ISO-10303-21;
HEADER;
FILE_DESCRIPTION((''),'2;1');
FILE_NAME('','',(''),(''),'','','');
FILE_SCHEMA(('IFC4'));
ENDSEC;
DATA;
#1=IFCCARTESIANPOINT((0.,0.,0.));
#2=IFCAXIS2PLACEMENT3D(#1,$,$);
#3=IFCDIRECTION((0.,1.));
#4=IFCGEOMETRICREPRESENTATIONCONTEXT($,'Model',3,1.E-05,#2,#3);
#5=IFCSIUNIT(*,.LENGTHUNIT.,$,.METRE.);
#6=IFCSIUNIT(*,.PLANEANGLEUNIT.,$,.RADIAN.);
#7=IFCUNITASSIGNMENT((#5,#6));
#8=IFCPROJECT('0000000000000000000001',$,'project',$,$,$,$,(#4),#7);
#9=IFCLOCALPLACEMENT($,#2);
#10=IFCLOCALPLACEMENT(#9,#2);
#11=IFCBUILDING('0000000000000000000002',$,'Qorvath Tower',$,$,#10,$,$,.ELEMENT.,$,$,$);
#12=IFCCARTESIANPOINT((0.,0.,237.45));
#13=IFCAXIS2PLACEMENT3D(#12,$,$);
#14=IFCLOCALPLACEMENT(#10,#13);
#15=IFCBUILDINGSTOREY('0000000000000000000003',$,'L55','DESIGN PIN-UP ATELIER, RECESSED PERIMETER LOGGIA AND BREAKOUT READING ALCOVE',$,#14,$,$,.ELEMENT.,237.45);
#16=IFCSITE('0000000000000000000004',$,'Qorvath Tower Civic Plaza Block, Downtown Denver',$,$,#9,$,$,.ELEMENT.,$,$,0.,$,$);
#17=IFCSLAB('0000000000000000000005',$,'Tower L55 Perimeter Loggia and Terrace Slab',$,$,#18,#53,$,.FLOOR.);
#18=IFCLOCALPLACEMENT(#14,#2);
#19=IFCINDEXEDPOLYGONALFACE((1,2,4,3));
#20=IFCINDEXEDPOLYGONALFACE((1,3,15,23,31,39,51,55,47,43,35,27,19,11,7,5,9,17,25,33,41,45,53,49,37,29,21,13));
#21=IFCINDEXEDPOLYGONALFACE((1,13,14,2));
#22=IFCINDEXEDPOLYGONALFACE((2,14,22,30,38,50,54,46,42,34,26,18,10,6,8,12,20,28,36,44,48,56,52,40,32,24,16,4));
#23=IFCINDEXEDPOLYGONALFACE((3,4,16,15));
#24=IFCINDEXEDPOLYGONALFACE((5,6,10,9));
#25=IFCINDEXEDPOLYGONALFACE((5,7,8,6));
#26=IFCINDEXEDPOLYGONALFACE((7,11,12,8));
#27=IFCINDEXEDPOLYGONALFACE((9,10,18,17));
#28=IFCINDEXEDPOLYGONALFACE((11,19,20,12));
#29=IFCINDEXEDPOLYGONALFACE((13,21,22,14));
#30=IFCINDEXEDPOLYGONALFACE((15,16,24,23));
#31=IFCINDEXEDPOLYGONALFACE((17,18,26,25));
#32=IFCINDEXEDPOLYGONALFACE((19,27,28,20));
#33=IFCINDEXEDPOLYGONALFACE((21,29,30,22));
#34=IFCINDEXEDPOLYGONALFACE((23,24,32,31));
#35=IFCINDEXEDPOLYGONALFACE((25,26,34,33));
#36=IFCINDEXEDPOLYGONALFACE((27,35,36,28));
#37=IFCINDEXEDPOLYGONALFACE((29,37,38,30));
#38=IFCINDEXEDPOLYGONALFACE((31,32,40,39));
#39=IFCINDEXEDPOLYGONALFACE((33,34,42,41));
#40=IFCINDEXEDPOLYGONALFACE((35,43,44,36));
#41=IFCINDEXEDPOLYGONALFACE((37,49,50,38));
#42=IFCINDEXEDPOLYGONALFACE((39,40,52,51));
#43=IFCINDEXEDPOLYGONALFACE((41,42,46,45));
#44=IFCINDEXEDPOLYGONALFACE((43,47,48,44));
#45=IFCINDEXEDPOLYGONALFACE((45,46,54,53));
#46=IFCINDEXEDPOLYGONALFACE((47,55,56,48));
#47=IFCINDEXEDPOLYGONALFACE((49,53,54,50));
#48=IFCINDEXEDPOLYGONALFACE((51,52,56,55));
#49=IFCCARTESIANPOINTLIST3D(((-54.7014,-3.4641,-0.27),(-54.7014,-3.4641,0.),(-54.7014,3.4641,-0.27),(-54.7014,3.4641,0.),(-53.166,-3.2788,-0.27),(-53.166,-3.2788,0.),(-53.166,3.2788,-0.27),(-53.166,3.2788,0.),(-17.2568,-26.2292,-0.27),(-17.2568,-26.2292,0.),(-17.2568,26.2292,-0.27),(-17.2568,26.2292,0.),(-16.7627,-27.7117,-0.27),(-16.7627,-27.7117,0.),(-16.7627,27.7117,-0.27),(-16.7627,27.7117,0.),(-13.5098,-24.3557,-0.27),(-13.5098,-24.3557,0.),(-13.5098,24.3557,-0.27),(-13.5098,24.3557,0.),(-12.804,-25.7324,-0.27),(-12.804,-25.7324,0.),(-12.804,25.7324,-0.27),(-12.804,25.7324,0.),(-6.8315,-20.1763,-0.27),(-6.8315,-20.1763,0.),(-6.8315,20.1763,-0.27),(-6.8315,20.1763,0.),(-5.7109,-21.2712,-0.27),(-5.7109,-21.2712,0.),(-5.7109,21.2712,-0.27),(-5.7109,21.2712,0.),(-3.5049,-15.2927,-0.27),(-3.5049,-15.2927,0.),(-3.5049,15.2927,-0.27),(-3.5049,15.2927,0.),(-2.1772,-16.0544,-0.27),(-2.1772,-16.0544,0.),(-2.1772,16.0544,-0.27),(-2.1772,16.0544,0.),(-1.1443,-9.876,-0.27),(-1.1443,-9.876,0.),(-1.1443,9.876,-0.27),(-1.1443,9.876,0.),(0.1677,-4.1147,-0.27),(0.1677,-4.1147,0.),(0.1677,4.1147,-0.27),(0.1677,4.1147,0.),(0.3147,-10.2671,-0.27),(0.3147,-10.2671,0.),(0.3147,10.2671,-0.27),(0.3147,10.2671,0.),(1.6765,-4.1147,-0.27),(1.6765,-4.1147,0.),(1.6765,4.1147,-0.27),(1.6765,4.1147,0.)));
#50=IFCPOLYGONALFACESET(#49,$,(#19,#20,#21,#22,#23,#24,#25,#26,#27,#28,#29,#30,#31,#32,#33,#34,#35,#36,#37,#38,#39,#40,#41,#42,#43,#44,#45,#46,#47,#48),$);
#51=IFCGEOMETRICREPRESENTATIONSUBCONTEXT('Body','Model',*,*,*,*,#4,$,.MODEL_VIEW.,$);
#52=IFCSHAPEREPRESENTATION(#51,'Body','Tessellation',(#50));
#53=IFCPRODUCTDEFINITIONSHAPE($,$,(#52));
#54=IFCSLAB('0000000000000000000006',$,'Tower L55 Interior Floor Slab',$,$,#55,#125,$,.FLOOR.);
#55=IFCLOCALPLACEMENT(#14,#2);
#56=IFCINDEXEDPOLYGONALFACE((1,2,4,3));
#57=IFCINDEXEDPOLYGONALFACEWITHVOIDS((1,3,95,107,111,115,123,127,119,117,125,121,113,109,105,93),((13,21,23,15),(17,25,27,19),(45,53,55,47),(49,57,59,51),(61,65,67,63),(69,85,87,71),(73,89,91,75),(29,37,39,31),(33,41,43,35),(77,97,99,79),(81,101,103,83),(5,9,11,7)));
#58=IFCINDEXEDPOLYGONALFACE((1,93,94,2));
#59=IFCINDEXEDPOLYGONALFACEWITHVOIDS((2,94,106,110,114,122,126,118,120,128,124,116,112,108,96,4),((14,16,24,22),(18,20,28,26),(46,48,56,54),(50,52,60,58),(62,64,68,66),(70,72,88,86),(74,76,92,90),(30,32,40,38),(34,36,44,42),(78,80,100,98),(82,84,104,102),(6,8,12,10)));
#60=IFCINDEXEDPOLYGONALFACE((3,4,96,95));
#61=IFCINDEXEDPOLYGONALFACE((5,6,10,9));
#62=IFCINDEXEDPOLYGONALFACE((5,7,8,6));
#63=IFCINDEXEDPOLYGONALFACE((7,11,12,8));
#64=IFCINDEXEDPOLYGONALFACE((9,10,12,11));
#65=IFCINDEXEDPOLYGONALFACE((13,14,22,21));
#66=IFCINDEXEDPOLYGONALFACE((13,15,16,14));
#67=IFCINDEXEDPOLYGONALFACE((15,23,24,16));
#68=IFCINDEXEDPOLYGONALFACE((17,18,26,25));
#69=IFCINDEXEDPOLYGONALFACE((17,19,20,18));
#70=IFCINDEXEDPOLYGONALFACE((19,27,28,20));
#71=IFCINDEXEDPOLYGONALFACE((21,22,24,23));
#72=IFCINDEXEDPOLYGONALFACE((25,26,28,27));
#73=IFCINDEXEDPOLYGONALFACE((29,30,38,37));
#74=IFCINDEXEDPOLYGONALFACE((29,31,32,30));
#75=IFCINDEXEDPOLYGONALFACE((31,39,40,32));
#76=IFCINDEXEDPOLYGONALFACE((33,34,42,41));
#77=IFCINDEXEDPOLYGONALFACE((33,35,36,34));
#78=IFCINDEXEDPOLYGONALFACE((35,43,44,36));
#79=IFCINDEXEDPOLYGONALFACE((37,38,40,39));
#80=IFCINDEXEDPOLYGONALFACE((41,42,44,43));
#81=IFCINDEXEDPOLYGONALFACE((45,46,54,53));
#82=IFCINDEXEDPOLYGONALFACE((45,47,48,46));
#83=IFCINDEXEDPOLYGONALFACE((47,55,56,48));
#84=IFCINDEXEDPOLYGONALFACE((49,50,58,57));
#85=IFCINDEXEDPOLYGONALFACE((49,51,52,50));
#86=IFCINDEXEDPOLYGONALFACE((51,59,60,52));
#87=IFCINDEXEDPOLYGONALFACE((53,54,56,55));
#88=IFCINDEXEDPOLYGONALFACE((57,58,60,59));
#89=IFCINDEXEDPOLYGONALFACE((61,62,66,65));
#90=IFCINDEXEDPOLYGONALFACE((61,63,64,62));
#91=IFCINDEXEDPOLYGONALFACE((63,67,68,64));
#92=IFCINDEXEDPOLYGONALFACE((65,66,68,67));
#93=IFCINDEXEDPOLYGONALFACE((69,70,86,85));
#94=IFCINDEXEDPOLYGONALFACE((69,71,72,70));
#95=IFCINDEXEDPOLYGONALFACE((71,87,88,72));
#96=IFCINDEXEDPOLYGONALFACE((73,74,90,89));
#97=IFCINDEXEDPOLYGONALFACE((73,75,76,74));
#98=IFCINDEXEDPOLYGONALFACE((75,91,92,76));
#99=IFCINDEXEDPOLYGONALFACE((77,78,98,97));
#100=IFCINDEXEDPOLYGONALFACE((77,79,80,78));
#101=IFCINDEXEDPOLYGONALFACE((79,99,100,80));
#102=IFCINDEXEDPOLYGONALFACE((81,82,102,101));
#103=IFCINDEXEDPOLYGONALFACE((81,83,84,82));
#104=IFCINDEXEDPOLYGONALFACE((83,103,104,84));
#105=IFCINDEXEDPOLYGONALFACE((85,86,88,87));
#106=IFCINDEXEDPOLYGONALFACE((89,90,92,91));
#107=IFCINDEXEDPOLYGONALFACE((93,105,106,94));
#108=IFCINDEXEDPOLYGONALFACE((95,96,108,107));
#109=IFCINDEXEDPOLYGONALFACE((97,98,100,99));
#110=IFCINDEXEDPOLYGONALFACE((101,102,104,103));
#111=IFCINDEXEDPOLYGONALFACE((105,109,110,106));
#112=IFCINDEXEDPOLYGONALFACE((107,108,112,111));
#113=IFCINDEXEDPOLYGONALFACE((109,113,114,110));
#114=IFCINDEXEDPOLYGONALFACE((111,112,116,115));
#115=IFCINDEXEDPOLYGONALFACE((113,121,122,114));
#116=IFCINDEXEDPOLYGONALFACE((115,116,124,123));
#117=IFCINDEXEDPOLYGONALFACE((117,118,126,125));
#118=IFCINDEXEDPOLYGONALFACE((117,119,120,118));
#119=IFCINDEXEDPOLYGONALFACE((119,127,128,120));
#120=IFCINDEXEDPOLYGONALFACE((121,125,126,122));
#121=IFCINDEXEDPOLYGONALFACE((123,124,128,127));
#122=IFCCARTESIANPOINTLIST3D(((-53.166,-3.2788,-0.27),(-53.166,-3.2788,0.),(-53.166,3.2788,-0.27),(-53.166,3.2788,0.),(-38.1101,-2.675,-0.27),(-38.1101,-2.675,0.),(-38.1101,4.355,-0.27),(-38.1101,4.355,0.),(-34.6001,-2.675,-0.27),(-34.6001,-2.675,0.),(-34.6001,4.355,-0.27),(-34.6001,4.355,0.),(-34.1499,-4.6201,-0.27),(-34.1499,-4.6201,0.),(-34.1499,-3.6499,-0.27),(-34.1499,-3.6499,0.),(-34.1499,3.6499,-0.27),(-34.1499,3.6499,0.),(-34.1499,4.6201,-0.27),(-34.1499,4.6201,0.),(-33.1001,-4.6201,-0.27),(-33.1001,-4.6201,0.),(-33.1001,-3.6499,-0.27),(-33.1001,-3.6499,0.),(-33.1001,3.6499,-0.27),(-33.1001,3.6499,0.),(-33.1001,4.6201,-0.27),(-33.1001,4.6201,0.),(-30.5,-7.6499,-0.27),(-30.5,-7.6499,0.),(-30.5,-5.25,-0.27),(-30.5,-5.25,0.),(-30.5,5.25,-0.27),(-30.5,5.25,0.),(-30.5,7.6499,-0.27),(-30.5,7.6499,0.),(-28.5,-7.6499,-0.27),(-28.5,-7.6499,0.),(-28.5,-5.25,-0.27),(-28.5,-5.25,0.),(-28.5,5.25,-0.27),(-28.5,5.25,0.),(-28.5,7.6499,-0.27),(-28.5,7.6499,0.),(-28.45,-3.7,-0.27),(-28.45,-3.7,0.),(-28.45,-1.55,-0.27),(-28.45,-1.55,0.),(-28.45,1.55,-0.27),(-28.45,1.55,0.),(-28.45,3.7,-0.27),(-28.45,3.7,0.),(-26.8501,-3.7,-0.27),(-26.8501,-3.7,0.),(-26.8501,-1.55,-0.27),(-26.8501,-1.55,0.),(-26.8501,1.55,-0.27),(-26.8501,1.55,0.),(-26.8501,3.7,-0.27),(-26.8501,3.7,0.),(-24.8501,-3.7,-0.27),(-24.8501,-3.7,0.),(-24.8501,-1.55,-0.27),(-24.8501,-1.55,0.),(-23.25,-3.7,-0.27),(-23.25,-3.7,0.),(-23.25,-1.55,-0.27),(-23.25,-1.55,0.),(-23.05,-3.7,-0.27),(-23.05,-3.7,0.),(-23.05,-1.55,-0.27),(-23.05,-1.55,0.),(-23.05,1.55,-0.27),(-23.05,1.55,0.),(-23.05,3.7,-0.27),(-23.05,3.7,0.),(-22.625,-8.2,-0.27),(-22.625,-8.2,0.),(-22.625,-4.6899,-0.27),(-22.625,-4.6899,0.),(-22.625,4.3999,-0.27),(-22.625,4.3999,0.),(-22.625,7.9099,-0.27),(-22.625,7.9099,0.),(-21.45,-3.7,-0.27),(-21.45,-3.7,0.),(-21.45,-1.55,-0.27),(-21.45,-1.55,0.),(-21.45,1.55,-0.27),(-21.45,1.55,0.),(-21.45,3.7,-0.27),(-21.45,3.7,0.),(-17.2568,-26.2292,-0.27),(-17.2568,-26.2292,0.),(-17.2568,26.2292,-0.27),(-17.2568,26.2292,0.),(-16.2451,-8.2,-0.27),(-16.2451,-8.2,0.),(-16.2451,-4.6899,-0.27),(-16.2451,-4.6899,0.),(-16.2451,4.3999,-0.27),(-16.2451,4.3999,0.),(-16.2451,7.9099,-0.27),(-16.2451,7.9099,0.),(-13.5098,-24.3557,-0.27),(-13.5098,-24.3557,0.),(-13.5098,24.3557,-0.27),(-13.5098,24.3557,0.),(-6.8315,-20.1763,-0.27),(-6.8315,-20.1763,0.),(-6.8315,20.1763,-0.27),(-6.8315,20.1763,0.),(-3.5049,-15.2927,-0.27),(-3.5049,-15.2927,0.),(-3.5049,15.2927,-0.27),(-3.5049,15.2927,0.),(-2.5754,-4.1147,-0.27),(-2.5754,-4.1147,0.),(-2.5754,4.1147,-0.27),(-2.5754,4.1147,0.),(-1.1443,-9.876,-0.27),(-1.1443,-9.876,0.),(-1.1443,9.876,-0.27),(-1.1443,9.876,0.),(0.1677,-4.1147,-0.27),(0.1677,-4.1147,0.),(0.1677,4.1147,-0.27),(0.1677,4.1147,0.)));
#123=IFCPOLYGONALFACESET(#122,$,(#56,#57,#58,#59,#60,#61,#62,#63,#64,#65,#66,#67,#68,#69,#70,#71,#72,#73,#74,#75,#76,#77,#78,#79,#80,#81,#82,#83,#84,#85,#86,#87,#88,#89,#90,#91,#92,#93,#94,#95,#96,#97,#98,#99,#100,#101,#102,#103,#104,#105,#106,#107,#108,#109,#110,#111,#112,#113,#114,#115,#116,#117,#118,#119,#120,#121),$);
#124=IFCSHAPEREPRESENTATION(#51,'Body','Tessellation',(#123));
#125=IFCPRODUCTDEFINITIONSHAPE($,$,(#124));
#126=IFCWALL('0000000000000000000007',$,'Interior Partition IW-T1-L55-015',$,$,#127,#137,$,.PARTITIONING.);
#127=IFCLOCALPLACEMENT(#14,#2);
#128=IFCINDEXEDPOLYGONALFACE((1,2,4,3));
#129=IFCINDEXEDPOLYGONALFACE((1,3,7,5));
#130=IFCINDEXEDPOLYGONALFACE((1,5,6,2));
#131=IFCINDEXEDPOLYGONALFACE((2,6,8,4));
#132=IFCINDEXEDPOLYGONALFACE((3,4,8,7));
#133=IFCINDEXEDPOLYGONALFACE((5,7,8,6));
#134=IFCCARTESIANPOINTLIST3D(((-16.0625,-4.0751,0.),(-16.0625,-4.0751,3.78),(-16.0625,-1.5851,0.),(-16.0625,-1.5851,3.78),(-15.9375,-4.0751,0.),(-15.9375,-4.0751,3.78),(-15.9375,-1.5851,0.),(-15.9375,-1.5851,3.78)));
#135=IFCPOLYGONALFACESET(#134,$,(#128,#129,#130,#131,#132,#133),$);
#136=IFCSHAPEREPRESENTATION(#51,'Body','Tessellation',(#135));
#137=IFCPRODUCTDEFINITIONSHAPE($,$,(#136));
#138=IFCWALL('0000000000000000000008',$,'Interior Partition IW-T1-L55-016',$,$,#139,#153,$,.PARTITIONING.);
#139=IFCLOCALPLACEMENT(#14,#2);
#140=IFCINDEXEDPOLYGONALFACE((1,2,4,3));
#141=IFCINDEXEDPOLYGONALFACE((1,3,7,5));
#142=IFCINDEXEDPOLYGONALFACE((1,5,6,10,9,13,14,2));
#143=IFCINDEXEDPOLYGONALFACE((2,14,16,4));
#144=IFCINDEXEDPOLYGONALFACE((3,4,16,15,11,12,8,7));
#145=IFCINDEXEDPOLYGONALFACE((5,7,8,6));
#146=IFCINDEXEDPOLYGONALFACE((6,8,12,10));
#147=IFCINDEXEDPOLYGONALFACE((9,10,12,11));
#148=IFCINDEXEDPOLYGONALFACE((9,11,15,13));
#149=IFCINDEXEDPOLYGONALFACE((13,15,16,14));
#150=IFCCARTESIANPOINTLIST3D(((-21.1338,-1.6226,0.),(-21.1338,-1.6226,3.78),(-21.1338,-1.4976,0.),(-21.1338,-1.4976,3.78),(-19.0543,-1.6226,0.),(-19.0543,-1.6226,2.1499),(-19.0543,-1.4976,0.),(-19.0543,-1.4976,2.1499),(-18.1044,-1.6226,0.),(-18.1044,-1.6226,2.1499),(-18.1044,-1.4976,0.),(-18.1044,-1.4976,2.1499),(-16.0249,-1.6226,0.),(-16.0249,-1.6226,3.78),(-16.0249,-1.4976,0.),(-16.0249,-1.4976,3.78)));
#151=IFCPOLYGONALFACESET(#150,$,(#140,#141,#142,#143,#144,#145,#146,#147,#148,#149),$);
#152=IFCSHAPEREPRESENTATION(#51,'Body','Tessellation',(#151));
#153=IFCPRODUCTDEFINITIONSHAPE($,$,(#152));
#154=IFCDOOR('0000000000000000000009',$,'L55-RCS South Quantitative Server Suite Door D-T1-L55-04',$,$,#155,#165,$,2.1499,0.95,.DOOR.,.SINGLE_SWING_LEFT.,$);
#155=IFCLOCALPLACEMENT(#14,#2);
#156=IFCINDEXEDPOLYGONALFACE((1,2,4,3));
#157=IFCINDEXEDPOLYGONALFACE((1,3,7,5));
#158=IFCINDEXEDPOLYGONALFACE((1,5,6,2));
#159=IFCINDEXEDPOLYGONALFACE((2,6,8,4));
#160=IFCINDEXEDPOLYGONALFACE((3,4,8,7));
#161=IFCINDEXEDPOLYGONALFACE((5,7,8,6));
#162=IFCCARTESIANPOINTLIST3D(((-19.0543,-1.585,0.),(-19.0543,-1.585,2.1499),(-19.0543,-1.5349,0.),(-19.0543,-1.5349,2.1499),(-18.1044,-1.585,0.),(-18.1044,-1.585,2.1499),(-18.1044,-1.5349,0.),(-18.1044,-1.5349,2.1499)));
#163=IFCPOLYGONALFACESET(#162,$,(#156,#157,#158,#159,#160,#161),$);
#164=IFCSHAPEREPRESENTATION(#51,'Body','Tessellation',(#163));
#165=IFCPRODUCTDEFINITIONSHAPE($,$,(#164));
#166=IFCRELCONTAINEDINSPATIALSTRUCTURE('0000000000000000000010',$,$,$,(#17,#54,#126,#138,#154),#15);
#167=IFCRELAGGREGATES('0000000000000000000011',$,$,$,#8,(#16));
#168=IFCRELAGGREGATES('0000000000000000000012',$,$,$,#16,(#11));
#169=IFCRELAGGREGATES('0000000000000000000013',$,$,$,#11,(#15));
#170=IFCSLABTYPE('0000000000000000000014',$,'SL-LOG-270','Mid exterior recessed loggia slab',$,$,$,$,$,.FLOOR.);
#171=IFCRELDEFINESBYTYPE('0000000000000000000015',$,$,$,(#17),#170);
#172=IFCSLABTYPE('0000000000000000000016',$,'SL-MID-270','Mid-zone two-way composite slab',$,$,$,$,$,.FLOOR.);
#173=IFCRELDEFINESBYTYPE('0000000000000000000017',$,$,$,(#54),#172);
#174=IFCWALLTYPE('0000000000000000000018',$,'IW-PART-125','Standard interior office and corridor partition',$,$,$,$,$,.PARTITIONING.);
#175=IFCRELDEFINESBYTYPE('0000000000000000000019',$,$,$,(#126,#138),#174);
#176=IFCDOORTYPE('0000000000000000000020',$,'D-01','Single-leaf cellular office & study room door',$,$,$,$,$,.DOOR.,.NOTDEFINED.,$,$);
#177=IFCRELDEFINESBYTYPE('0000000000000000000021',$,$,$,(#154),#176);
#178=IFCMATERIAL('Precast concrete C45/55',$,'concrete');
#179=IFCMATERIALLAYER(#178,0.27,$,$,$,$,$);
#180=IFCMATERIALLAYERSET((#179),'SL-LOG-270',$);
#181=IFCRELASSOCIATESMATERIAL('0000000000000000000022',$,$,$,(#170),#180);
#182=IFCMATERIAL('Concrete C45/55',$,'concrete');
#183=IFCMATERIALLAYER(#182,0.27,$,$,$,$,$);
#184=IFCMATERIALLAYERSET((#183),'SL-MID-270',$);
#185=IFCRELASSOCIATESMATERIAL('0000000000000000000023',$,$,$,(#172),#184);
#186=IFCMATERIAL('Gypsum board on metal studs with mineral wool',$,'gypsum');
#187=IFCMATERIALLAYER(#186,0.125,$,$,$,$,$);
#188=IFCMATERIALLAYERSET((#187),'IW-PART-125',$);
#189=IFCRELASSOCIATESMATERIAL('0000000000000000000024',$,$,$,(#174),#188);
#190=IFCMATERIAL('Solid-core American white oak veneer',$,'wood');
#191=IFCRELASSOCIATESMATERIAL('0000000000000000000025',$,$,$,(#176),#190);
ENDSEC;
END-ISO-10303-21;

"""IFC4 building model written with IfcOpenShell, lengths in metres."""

from ifc_helpers import new_model, si_unit, direction, frame, frame_2d, origin, place, context, subcontext, project, spatial, polyline, rectangle, outline, extrude, material, layer, layer_set, type_object, element, fill, save


model = new_model("IFC4")

# Units and contexts
model_context = context("Model", 3, precision=1e-05, world=origin(), true_north=direction((0.0, 1.0)))
body_context = subcontext(model_context, "Body", "Model", "MODEL_VIEW")
ifc_project = project(units=[si_unit("LENGTHUNIT", "METRE"), si_unit("PLANEANGLEUNIT", "RADIAN")], contexts=[model_context])

# Site, building, storey
site_placement = place(None, origin())
site = spatial("IfcSite", under=ifc_project, at=site_placement, Name="Qorvath Tower Civic Plaza Block, Downtown Denver", CompositionType="ELEMENT", RefElevation=0.0)
building_placement = place(site_placement, origin())
building = spatial("IfcBuilding", under=site, at=building_placement, Name="Qorvath Tower", CompositionType="ELEMENT")
storey_placement = place(building_placement, frame((0.0, 0.0, 237.45)))
storey = spatial("IfcBuildingStorey", under=building, at=storey_placement, Name="L55", Description="DESIGN PIN-UP ATELIER, RECESSED PERIMETER LOGGIA AND BREAKOUT READING ALCOVE", CompositionType="ELEMENT", Elevation=237.45)

# Slabs
ifc_material_1 = material(Name="Precast concrete C45/55", Category="concrete")
ifc_layer_1 = layer(ifc_material_1, 0.27)
ifc_layer_set_1 = layer_set([ifc_layer_1], Name="SL-LOG-270")
slab_type_1 = type_object("IfcSlabType", Name="SL-LOG-270", Description="Mid exterior recessed loggia slab", PredefinedType="FLOOR", material=ifc_layer_set_1)
slab_1_placement = place(storey_placement, frame((0.0, 0.0, -0.27)))
element("IfcSlab", 1, at=slab_1_placement, inside=storey, type_object=slab_type_1, Name="Tower L55 Perimeter Loggia and Terrace Slab", PredefinedType="FLOOR", context=body_context, shape_type="SweptSolid", body=[
    extrude(outline(polyline([(0.1677, -4.1147), (-1.1443, -9.876), (-3.5049, -15.2927), (-6.8315, -20.1763), (-13.5098, -24.3557), (-17.2568, -26.2292), (-53.166, -3.2788), (-53.166, 3.2788), (-17.2568, 26.2292), (-13.5098, 24.3557), (-6.8315, 20.1763), (-3.5049, 15.2927), (-1.1443, 9.876), (0.1677, 4.1147), (1.6765, 4.1147), (0.3147, 10.2671), (-2.1772, 16.0544), (-5.7109, 21.2712), (-12.804, 25.7324), (-16.7627, 27.7117), (-54.7014, 3.4641), (-54.7014, -3.4641), (-16.7627, -27.7117), (-12.804, -25.7324), (-5.7109, -21.2712), (-2.1772, -16.0544), (0.3147, -10.2671), (1.6765, -4.1147), (0.1677, -4.1147)])), origin(), (0.0, 0.0, 1.0), 0.27),
])
ifc_material_2 = material(Name="Concrete C45/55", Category="concrete")
ifc_layer_2 = layer(ifc_material_2, 0.27)
ifc_layer_set_2 = layer_set([ifc_layer_2], Name="SL-MID-270")
slab_type_2 = type_object("IfcSlabType", Name="SL-MID-270", Description="Mid-zone two-way composite slab", PredefinedType="FLOOR", material=ifc_layer_set_2)
slab_2_placement = place(storey_placement, frame((0.0, 0.0, -0.27)))
element("IfcSlab", 2, at=slab_2_placement, inside=storey, type_object=slab_type_2, Name="Tower L55 Interior Floor Slab", PredefinedType="FLOOR", context=body_context, shape_type="SweptSolid", body=[
    extrude(outline(polyline([(-53.166, 3.2788), (-53.166, -3.2788), (-17.2568, -26.2292), (-13.5098, -24.3557), (-6.8315, -20.1763), (-3.5049, -15.2927), (-1.1443, -9.876), (0.1677, -4.1147), (-2.5754, -4.1147), (-2.5754, 4.1147), (0.1677, 4.1147), (-1.1443, 9.876), (-3.5049, 15.2927), (-6.8315, 20.1763), (-13.5098, 24.3557), (-17.2568, 26.2292), (-53.166, 3.2788)]), holes=[polyline([(-16.2451, -8.2), (-22.625, -8.2), (-22.625, -4.6899), (-16.2451, -4.6899), (-16.2451, -8.2)]), polyline([(-22.625, 4.3999), (-22.625, 7.9099), (-16.2451, 7.9099), (-16.2451, 4.3999), (-22.625, 4.3999)]), polyline([(-21.45, -3.7), (-23.05, -3.7), (-23.05, -1.55), (-21.45, -1.55), (-21.45, -3.7)]), polyline([(-23.05, 1.55), (-23.05, 3.7), (-21.45, 3.7), (-21.45, 1.55), (-23.05, 1.55)]), polyline([(-24.8501, -3.7), (-24.8501, -1.55), (-23.25, -1.55), (-23.25, -3.7), (-24.8501, -3.7)]), polyline([(-28.45, -3.7), (-28.45, -1.55), (-26.8501, -1.55), (-26.8501, -3.7), (-28.45, -3.7)]), polyline([(-26.8501, 1.55), (-28.45, 1.55), (-28.45, 3.7), (-26.8501, 3.7), (-26.8501, 1.55)]), polyline([(-28.5, -7.6499), (-30.5, -7.6499), (-30.5, -5.25), (-28.5, -5.25), (-28.5, -7.6499)]), polyline([(-30.5, 5.25), (-30.5, 7.6499), (-28.5, 7.6499), (-28.5, 5.25), (-30.5, 5.25)]), polyline([(-34.1499, -4.6201), (-34.1499, -3.6499), (-33.1001, -3.6499), (-33.1001, -4.6201), (-34.1499, -4.6201)]), polyline([(-34.1499, 3.6499), (-34.1499, 4.6201), (-33.1001, 4.6201), (-33.1001, 3.6499), (-34.1499, 3.6499)]), polyline([(-34.6001, -2.675), (-38.1101, -2.675), (-38.1101, 4.355), (-34.6001, 4.355), (-34.6001, -2.675)])]), origin(), (0.0, 0.0, 1.0), 0.27),
])

# Wall
ifc_material_3 = material(Name="Gypsum board on metal studs with mineral wool", Category="gypsum")
ifc_layer_3 = layer(ifc_material_3, 0.125)
ifc_layer_set_3 = layer_set([ifc_layer_3], Name="IW-PART-125")
wall_type = type_object("IfcWallType", Name="IW-PART-125", Description="Standard interior office and corridor partition", PredefinedType="PARTITIONING", material=ifc_layer_set_3)
wall_1_placement = place(storey_placement, frame((-16.0, -4.0752, 0.0), z_axis=(0.0, 0.0, 1.0), x_axis=(0.0, 1.0, 0.0)))
element("IfcWall", 3, at=wall_1_placement, inside=storey, type_object=wall_type, Name="Interior Partition IW-T1-L55-015", PredefinedType="PARTITIONING", context=body_context, shape_type="SweptSolid", body=[
    extrude(rectangle(XDim=2.49, YDim=0.125, at=frame_2d((1.2451, 0.0))), origin(), (0.0, 0.0, 1.0), 3.78),
])

# Wall, opening, door
wall_2_placement = place(storey_placement, frame((-16.0249, -1.5601, 0.0), z_axis=(0.0, 0.0, 1.0), x_axis=(-1.0, 0.0, 0.0)))
wall_2 = element("IfcWall", 4, at=wall_2_placement, inside=storey, type_object=wall_type, Name="Interior Partition IW-T1-L55-016", PredefinedType="PARTITIONING", context=body_context, shape_type="SweptSolid", body=[
    extrude(rectangle(XDim=5.1089, YDim=0.125, at=frame_2d((2.5544, 0.0))), origin(), (0.0, 0.0, 1.0), 3.78),
])
opening_1_placement = place(wall_2_placement, frame((2.0793, 0.0, 0.0)))
opening_1 = element("IfcOpeningElement", 5, at=opening_1_placement, cuts=wall_2, PredefinedType="OPENING", context=body_context, shape_type="SweptSolid", body=[
    extrude(rectangle(XDim=0.95, YDim=2.1499, at=frame_2d((0.4751, 1.075))), frame((0.0, 0.0725, 0.0), z_axis=(0.0, -1.0, 0.0), x_axis=(1.0, 0.0, 0.0)), (0.0, 0.0, 1.0), 0.145),
])
ifc_material_4 = material(Name="Solid-core American white oak veneer", Category="wood")
door_type = type_object("IfcDoorType", Name="D-01", Description="Single-leaf cellular office & study room door", OperationType="NOTDEFINED", PredefinedType="DOOR", material=ifc_material_4)
door_1_placement = place(opening_1_placement, origin())
door_1 = element("IfcDoor", 6, at=door_1_placement, inside=storey, type_object=door_type, Name="L55-RCS South Quantitative Server Suite Door D-T1-L55-04", OperationType="SINGLE_SWING_LEFT", OverallHeight=2.1499, OverallWidth=0.95, PredefinedType="DOOR", context=body_context, shape_type="SweptSolid", body=[
    extrude(rectangle(XDim=0.95, YDim=2.1499, at=frame_2d((0.4751, 1.075))), frame((0.0, 0.0249, 0.0), z_axis=(0.0, -1.0, 0.0), x_axis=(1.0, 0.0, 0.0)), (0.0, 0.0, 1.0), 0.05),
])
fill(opening_1, door_1)

save(model, "model.ifc")
